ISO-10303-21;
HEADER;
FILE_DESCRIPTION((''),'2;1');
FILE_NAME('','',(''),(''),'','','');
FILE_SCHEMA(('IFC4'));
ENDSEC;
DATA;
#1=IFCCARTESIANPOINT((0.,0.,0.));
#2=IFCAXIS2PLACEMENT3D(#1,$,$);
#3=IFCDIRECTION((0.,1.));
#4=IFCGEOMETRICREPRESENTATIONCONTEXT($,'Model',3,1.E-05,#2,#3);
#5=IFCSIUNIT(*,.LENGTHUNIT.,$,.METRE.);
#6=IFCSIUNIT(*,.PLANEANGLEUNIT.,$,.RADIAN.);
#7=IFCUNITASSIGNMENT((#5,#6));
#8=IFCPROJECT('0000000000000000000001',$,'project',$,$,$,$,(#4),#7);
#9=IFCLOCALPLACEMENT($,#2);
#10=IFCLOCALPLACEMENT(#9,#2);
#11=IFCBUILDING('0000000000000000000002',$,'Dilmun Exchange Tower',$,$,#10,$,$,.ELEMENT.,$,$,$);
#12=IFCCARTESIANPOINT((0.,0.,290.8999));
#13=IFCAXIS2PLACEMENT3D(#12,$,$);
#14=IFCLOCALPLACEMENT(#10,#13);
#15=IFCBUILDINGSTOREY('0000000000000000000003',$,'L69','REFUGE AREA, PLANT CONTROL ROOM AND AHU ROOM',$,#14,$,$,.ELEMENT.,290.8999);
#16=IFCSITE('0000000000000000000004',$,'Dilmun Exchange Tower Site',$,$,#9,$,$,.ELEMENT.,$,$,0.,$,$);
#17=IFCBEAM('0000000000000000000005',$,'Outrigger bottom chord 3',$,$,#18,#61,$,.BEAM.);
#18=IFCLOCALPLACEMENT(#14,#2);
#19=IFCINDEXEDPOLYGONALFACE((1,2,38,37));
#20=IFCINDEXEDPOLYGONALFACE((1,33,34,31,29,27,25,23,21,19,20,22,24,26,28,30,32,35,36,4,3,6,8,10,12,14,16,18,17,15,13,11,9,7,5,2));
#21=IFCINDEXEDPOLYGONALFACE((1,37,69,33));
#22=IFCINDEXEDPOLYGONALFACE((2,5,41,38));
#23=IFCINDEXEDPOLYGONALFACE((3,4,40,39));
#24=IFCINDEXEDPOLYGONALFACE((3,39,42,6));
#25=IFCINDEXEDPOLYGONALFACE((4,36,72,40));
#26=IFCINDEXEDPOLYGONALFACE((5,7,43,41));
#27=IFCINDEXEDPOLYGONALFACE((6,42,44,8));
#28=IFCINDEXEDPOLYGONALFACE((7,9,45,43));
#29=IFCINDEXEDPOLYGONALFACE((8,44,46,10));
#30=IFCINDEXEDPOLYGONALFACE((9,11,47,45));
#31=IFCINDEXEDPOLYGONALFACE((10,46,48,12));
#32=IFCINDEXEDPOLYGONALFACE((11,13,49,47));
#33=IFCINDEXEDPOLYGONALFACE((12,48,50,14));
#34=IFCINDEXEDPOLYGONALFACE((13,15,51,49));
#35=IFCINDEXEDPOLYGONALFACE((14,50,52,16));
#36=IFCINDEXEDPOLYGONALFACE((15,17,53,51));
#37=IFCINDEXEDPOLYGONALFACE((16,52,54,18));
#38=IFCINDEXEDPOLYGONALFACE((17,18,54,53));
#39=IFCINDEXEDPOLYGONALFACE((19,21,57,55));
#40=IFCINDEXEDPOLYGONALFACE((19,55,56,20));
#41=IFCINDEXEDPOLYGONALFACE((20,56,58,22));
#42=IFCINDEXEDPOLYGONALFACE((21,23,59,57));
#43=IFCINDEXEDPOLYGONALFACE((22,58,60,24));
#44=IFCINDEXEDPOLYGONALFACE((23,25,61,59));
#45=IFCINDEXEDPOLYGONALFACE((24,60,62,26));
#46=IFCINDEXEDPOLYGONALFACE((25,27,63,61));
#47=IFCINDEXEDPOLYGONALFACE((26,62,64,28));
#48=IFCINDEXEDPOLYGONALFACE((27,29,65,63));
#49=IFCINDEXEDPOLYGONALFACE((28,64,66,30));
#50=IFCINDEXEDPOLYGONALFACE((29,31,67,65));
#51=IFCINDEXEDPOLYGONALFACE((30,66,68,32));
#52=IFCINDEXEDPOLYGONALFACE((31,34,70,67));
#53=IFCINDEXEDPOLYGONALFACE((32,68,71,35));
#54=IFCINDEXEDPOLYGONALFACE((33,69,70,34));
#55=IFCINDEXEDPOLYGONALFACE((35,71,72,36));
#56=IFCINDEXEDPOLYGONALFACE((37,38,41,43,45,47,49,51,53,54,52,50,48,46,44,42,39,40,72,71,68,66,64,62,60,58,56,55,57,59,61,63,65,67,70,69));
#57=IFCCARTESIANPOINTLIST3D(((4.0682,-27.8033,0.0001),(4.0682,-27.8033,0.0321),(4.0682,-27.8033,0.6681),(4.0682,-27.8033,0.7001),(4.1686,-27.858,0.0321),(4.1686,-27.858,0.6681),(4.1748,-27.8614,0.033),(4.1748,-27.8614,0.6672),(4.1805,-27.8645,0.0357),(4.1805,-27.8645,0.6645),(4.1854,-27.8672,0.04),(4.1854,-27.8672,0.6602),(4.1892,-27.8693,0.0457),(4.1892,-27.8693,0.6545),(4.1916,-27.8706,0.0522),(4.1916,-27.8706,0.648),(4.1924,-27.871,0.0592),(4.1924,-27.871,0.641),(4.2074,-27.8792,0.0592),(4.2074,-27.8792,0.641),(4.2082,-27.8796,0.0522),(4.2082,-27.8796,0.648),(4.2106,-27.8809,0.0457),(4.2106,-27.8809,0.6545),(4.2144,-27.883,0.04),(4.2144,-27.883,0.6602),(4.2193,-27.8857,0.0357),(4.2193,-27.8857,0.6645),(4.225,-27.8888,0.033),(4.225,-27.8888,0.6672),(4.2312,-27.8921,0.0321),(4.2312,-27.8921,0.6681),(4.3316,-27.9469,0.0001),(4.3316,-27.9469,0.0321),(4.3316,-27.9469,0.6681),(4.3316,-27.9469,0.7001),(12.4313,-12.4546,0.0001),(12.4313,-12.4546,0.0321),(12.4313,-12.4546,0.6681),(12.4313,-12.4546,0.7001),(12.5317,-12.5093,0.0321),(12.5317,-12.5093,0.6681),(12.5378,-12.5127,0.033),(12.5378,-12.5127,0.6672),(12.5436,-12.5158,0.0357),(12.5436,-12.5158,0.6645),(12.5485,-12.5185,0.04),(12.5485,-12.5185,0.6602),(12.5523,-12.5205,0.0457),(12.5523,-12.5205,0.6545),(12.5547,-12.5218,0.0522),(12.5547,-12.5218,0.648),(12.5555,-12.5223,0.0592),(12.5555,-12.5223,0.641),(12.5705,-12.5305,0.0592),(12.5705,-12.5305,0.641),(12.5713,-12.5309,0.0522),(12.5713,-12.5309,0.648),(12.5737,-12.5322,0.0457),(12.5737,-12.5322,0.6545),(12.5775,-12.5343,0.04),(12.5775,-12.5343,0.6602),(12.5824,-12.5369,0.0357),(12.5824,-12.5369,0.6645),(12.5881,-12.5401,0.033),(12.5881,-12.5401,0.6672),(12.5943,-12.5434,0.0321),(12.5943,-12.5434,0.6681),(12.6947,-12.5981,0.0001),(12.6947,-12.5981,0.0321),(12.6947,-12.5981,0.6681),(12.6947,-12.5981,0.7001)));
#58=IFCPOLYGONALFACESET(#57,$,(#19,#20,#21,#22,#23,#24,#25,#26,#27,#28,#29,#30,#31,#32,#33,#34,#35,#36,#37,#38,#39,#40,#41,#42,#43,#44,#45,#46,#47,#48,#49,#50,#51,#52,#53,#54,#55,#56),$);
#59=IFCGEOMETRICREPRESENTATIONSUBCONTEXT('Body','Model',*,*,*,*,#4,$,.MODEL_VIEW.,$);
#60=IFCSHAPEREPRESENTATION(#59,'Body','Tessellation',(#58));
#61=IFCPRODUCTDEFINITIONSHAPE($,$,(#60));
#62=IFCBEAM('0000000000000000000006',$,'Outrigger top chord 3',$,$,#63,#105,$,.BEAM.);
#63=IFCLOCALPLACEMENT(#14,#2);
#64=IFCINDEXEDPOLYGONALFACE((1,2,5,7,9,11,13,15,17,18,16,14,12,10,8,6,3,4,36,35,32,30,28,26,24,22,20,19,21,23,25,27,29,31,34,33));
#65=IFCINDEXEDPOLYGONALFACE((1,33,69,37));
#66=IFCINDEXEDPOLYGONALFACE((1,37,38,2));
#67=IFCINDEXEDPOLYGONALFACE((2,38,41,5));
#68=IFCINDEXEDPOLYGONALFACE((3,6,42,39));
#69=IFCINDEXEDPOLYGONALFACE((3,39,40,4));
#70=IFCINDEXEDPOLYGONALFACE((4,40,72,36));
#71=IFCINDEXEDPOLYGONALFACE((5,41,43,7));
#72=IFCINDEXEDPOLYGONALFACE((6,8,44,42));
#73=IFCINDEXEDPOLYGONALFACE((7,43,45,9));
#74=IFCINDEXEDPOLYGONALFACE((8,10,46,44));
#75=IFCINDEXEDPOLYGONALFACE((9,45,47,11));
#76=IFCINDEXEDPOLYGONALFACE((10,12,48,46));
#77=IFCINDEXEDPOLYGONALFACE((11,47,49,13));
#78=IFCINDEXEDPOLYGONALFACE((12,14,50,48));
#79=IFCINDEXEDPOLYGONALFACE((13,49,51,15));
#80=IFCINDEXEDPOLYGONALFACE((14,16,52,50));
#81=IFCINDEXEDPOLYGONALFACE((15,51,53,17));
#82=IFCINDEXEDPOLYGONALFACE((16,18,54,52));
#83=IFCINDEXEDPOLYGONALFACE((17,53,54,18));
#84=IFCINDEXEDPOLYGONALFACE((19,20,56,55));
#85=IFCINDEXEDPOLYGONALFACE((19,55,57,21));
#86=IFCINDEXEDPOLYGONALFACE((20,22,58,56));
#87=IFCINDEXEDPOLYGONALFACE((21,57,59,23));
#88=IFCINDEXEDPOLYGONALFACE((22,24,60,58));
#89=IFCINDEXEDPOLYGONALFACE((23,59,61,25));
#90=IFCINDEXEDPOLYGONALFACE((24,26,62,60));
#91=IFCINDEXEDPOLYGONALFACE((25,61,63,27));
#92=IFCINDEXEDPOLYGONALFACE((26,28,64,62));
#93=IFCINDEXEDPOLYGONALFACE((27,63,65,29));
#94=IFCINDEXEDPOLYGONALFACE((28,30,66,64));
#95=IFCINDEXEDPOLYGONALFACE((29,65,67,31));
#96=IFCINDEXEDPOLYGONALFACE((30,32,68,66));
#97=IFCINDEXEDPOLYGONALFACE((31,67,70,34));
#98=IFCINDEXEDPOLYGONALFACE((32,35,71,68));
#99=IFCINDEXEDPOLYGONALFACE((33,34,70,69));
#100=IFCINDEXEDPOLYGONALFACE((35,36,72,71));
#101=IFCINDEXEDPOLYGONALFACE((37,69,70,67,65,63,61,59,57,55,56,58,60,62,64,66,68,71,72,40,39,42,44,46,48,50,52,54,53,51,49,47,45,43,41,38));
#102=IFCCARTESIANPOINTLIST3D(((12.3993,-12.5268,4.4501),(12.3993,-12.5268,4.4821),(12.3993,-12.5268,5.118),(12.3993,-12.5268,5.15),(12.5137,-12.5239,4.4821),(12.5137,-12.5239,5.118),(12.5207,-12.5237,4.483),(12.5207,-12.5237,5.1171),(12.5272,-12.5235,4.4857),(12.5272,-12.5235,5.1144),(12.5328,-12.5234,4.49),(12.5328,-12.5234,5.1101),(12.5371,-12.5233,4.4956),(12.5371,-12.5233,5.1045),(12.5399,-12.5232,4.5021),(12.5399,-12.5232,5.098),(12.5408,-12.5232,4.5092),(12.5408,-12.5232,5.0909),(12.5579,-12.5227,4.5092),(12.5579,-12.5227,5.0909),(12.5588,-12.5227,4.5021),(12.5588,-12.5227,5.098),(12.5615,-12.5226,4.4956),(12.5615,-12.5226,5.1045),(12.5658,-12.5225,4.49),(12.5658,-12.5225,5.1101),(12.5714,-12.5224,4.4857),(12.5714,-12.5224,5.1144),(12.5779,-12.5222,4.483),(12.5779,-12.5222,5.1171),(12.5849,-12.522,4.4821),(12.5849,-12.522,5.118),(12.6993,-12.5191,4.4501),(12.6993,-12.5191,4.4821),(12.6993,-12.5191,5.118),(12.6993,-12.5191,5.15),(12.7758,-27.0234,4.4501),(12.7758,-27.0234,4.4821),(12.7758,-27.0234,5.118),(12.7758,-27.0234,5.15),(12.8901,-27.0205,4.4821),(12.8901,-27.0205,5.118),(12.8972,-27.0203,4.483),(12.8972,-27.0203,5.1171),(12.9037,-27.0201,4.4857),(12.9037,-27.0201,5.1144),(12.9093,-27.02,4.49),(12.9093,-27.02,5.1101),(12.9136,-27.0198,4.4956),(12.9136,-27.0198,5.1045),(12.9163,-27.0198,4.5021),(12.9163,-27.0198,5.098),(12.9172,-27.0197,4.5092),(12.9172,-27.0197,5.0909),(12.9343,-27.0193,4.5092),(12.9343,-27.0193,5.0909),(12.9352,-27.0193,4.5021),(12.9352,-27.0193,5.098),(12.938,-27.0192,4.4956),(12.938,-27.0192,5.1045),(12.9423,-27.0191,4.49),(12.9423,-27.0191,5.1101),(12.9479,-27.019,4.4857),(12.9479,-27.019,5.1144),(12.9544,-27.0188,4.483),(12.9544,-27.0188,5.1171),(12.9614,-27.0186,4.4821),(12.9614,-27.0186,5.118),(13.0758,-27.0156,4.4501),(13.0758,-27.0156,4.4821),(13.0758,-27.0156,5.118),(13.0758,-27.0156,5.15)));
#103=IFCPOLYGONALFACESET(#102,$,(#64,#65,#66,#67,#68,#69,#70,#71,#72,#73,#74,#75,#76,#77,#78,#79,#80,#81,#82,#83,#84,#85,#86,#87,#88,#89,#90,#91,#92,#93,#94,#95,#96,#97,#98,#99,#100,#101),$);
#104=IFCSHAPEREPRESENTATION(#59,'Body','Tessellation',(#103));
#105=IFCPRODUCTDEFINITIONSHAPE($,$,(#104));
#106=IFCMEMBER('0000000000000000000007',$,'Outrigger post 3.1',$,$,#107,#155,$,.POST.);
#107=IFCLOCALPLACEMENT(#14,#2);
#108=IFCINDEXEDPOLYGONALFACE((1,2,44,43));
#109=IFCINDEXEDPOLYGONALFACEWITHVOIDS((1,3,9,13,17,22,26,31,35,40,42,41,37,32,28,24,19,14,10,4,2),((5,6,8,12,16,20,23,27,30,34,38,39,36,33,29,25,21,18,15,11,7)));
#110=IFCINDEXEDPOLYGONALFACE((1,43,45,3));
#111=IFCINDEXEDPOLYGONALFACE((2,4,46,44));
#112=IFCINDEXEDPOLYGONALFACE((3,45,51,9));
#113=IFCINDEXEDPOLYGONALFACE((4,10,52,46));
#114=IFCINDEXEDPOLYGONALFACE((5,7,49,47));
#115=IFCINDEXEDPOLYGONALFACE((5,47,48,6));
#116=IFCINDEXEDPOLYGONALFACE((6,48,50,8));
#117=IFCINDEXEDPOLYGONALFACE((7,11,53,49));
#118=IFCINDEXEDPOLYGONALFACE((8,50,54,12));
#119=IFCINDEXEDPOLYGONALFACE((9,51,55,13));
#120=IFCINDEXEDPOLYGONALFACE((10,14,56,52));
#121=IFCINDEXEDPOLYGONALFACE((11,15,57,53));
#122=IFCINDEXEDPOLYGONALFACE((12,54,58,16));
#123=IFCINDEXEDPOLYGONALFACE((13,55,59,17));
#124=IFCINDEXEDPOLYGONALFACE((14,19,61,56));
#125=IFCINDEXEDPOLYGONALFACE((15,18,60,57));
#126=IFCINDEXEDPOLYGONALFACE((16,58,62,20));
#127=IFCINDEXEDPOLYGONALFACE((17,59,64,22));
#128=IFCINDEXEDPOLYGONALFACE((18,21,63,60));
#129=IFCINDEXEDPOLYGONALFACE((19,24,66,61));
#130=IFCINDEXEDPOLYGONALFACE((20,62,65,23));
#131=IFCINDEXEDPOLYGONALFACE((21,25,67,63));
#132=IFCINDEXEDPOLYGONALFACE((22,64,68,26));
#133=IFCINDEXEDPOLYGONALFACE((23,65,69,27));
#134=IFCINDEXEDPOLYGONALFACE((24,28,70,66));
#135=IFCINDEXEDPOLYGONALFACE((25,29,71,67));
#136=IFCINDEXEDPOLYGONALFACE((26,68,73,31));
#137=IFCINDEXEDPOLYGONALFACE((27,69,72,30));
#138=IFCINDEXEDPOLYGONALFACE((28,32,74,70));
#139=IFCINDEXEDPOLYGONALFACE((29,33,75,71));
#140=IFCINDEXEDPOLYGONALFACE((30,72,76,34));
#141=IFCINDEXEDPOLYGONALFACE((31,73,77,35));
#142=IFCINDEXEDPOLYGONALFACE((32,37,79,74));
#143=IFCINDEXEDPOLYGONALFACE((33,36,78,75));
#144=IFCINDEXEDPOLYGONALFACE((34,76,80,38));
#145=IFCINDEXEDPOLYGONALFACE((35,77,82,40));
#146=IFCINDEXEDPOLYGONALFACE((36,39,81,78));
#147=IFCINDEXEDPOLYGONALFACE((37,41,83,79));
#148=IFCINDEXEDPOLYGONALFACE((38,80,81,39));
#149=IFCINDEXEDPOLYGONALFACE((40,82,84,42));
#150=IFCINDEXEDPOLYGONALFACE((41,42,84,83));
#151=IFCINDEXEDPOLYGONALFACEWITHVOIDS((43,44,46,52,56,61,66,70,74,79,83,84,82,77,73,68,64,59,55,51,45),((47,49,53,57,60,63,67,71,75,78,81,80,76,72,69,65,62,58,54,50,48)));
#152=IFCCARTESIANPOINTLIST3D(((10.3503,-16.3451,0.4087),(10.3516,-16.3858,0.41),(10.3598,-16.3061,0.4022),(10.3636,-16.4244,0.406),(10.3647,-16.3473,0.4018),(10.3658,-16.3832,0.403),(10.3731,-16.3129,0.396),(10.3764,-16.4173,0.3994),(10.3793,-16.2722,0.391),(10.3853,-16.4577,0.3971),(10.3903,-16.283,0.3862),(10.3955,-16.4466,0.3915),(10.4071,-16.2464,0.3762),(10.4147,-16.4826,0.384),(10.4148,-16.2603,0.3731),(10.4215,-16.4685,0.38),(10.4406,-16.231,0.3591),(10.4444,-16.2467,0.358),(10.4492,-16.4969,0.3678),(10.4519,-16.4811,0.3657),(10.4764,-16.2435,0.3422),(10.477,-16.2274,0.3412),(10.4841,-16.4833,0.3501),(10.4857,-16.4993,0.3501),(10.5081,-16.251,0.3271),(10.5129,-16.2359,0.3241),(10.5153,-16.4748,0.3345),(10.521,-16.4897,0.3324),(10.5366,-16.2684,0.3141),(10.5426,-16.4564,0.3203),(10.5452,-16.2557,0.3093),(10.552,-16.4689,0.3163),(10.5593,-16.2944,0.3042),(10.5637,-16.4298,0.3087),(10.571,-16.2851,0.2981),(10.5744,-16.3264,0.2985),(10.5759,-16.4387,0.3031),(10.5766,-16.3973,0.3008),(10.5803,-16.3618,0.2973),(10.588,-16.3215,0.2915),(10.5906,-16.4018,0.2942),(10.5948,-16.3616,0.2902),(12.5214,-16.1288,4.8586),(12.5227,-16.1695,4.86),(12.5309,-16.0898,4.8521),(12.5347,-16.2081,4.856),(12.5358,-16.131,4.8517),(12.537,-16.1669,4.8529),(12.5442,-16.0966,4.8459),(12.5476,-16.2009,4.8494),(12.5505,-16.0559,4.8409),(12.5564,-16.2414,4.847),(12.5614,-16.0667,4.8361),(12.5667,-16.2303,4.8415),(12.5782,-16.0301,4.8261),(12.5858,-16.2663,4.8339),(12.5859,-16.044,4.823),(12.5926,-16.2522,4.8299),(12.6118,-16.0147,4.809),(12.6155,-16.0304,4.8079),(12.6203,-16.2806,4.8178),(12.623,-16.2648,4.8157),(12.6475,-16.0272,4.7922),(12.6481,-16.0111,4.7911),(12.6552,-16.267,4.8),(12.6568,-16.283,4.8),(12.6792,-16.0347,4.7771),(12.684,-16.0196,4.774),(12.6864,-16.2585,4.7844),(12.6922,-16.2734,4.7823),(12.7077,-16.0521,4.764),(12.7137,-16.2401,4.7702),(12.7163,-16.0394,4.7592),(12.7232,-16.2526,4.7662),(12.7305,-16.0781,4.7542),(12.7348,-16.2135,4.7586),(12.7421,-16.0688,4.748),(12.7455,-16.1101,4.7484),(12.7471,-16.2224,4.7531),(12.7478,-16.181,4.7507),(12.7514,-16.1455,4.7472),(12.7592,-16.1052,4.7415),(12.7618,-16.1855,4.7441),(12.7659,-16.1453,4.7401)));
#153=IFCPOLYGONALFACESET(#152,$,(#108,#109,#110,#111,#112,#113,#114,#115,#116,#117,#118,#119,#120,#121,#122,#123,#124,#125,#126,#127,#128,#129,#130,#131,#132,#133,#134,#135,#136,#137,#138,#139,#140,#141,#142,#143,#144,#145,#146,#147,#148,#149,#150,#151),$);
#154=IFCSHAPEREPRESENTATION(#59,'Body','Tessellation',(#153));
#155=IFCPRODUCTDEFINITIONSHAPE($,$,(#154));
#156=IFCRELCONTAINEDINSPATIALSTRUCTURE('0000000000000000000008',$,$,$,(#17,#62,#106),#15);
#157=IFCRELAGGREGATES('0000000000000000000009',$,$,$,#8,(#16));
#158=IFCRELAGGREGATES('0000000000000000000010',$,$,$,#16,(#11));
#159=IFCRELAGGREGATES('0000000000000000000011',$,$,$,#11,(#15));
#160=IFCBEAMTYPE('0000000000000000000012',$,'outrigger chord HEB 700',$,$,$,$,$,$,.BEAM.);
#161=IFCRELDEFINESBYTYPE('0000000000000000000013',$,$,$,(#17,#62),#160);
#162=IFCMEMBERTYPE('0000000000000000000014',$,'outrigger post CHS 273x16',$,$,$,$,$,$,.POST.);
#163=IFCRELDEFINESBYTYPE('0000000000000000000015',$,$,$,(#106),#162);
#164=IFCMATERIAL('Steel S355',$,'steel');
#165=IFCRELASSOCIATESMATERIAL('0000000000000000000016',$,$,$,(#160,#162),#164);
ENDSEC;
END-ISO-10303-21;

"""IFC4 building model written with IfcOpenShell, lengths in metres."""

from ifc_helpers import new_model, si_unit, direction, frame, origin, origin_2d, place, context, subcontext, project, spatial, hollow_circle, i_section, extrude, material, material_profile, profile_set, type_object, element, save


model = new_model("IFC4")

# Units and contexts
model_context = context("Model", 3, precision=1e-05, world=origin(), true_north=direction((0.0, 1.0)))
body_context = subcontext(model_context, "Body", "Model", "MODEL_VIEW")
ifc_project = project(units=[si_unit("LENGTHUNIT", "METRE"), si_unit("PLANEANGLEUNIT", "RADIAN")], contexts=[model_context])

# Site, building, storey
site_placement = place(None, origin())
site = spatial("IfcSite", under=ifc_project, at=site_placement, Name="Dilmun Exchange Tower Site", CompositionType="ELEMENT", RefElevation=0.0)
building_placement = place(site_placement, origin())
building = spatial("IfcBuilding", under=site, at=building_placement, Name="Dilmun Exchange Tower", CompositionType="ELEMENT")
storey_placement = place(building_placement, frame((0.0, 0.0, 290.8999)))
storey = spatial("IfcBuildingStorey", under=building, at=storey_placement, Name="L69", Description="REFUGE AREA, PLANT CONTROL ROOM AND AHU ROOM", CompositionType="ELEMENT", Elevation=290.8999)

# Beams
ifc_material_1 = material(Name="Steel S355", Category="steel")
ifc_material_profile_1 = material_profile(ifc_material_1, i_section(OverallWidth=0.3, OverallDepth=0.7, WebThickness=0.0171, FlangeThickness=0.032, FilletRadius=0.0271, at=origin_2d()), Name="HEB 700")
ifc_profile_set_1 = profile_set([ifc_material_profile_1], Name="Steel S355")
beam_type = type_object("IfcBeamType", Name="outrigger chord HEB 700", PredefinedType="BEAM", material=ifc_profile_set_1)
beam_1_placement = place(storey_placement, frame((12.563, -12.5264, 0.3501), z_axis=(-0.478458, -0.878111, 0.0), x_axis=(0.878111, -0.478458, 0.0)))
element("IfcBeam", 1, at=beam_1_placement, inside=storey, type_object=beam_type, Name="Outrigger bottom chord 3", PredefinedType="BEAM", context=body_context, shape_type="SweptSolid", body=[
    extrude(i_section(OverallWidth=0.3, OverallDepth=0.7, WebThickness=0.0171, FlangeThickness=0.032, FilletRadius=0.0271, at=origin_2d()), origin(), (0.0, 0.0, 1.0), 17.4792),
])
beam_2_placement = place(storey_placement, frame((12.5493, -12.5229, 4.8), z_axis=(0.02596, -0.999663, 0.0), x_axis=(0.999663, 0.02596, 0.0)))
element("IfcBeam", 2, at=beam_2_placement, inside=storey, type_object=beam_type, Name="Outrigger top chord 3", PredefinedType="BEAM", context=body_context, shape_type="SweptSolid", body=[
    extrude(i_section(OverallWidth=0.3, OverallDepth=0.7, WebThickness=0.0171, FlangeThickness=0.032, FilletRadius=0.0271, at=origin_2d()), origin(), (0.0, 0.0, 1.0), 14.5015),
])

# Member
ifc_material_profile_2 = material_profile(ifc_material_1, hollow_circle(Radius=0.1365, WallThickness=0.0161, at=origin_2d()), Name="CHS 273x16")
ifc_profile_set_2 = profile_set([ifc_material_profile_2], Name="Steel S355")
member_type_1 = type_object("IfcMemberType", Name="outrigger post CHS 273x16", PredefinedType="POST", material=ifc_profile_set_2)
member_1_placement = place(storey_placement, frame((12.6433, -16.1472, 4.8), z_axis=(-0.438077, -0.043645, -0.897877), x_axis=(0.099138, -0.995074, 0.0)))
element("IfcMember", 3, at=member_1_placement, inside=storey, type_object=member_type_1, Name="Outrigger post 3.1", PredefinedType="POST", context=body_context, shape_type="SweptSolid", body=[
    extrude(hollow_circle(Radius=0.1365, WallThickness=0.0161, at=origin_2d()), origin(), (0.0, 0.0, 1.0), 4.9561),
])

save(model, "model.ifc")
